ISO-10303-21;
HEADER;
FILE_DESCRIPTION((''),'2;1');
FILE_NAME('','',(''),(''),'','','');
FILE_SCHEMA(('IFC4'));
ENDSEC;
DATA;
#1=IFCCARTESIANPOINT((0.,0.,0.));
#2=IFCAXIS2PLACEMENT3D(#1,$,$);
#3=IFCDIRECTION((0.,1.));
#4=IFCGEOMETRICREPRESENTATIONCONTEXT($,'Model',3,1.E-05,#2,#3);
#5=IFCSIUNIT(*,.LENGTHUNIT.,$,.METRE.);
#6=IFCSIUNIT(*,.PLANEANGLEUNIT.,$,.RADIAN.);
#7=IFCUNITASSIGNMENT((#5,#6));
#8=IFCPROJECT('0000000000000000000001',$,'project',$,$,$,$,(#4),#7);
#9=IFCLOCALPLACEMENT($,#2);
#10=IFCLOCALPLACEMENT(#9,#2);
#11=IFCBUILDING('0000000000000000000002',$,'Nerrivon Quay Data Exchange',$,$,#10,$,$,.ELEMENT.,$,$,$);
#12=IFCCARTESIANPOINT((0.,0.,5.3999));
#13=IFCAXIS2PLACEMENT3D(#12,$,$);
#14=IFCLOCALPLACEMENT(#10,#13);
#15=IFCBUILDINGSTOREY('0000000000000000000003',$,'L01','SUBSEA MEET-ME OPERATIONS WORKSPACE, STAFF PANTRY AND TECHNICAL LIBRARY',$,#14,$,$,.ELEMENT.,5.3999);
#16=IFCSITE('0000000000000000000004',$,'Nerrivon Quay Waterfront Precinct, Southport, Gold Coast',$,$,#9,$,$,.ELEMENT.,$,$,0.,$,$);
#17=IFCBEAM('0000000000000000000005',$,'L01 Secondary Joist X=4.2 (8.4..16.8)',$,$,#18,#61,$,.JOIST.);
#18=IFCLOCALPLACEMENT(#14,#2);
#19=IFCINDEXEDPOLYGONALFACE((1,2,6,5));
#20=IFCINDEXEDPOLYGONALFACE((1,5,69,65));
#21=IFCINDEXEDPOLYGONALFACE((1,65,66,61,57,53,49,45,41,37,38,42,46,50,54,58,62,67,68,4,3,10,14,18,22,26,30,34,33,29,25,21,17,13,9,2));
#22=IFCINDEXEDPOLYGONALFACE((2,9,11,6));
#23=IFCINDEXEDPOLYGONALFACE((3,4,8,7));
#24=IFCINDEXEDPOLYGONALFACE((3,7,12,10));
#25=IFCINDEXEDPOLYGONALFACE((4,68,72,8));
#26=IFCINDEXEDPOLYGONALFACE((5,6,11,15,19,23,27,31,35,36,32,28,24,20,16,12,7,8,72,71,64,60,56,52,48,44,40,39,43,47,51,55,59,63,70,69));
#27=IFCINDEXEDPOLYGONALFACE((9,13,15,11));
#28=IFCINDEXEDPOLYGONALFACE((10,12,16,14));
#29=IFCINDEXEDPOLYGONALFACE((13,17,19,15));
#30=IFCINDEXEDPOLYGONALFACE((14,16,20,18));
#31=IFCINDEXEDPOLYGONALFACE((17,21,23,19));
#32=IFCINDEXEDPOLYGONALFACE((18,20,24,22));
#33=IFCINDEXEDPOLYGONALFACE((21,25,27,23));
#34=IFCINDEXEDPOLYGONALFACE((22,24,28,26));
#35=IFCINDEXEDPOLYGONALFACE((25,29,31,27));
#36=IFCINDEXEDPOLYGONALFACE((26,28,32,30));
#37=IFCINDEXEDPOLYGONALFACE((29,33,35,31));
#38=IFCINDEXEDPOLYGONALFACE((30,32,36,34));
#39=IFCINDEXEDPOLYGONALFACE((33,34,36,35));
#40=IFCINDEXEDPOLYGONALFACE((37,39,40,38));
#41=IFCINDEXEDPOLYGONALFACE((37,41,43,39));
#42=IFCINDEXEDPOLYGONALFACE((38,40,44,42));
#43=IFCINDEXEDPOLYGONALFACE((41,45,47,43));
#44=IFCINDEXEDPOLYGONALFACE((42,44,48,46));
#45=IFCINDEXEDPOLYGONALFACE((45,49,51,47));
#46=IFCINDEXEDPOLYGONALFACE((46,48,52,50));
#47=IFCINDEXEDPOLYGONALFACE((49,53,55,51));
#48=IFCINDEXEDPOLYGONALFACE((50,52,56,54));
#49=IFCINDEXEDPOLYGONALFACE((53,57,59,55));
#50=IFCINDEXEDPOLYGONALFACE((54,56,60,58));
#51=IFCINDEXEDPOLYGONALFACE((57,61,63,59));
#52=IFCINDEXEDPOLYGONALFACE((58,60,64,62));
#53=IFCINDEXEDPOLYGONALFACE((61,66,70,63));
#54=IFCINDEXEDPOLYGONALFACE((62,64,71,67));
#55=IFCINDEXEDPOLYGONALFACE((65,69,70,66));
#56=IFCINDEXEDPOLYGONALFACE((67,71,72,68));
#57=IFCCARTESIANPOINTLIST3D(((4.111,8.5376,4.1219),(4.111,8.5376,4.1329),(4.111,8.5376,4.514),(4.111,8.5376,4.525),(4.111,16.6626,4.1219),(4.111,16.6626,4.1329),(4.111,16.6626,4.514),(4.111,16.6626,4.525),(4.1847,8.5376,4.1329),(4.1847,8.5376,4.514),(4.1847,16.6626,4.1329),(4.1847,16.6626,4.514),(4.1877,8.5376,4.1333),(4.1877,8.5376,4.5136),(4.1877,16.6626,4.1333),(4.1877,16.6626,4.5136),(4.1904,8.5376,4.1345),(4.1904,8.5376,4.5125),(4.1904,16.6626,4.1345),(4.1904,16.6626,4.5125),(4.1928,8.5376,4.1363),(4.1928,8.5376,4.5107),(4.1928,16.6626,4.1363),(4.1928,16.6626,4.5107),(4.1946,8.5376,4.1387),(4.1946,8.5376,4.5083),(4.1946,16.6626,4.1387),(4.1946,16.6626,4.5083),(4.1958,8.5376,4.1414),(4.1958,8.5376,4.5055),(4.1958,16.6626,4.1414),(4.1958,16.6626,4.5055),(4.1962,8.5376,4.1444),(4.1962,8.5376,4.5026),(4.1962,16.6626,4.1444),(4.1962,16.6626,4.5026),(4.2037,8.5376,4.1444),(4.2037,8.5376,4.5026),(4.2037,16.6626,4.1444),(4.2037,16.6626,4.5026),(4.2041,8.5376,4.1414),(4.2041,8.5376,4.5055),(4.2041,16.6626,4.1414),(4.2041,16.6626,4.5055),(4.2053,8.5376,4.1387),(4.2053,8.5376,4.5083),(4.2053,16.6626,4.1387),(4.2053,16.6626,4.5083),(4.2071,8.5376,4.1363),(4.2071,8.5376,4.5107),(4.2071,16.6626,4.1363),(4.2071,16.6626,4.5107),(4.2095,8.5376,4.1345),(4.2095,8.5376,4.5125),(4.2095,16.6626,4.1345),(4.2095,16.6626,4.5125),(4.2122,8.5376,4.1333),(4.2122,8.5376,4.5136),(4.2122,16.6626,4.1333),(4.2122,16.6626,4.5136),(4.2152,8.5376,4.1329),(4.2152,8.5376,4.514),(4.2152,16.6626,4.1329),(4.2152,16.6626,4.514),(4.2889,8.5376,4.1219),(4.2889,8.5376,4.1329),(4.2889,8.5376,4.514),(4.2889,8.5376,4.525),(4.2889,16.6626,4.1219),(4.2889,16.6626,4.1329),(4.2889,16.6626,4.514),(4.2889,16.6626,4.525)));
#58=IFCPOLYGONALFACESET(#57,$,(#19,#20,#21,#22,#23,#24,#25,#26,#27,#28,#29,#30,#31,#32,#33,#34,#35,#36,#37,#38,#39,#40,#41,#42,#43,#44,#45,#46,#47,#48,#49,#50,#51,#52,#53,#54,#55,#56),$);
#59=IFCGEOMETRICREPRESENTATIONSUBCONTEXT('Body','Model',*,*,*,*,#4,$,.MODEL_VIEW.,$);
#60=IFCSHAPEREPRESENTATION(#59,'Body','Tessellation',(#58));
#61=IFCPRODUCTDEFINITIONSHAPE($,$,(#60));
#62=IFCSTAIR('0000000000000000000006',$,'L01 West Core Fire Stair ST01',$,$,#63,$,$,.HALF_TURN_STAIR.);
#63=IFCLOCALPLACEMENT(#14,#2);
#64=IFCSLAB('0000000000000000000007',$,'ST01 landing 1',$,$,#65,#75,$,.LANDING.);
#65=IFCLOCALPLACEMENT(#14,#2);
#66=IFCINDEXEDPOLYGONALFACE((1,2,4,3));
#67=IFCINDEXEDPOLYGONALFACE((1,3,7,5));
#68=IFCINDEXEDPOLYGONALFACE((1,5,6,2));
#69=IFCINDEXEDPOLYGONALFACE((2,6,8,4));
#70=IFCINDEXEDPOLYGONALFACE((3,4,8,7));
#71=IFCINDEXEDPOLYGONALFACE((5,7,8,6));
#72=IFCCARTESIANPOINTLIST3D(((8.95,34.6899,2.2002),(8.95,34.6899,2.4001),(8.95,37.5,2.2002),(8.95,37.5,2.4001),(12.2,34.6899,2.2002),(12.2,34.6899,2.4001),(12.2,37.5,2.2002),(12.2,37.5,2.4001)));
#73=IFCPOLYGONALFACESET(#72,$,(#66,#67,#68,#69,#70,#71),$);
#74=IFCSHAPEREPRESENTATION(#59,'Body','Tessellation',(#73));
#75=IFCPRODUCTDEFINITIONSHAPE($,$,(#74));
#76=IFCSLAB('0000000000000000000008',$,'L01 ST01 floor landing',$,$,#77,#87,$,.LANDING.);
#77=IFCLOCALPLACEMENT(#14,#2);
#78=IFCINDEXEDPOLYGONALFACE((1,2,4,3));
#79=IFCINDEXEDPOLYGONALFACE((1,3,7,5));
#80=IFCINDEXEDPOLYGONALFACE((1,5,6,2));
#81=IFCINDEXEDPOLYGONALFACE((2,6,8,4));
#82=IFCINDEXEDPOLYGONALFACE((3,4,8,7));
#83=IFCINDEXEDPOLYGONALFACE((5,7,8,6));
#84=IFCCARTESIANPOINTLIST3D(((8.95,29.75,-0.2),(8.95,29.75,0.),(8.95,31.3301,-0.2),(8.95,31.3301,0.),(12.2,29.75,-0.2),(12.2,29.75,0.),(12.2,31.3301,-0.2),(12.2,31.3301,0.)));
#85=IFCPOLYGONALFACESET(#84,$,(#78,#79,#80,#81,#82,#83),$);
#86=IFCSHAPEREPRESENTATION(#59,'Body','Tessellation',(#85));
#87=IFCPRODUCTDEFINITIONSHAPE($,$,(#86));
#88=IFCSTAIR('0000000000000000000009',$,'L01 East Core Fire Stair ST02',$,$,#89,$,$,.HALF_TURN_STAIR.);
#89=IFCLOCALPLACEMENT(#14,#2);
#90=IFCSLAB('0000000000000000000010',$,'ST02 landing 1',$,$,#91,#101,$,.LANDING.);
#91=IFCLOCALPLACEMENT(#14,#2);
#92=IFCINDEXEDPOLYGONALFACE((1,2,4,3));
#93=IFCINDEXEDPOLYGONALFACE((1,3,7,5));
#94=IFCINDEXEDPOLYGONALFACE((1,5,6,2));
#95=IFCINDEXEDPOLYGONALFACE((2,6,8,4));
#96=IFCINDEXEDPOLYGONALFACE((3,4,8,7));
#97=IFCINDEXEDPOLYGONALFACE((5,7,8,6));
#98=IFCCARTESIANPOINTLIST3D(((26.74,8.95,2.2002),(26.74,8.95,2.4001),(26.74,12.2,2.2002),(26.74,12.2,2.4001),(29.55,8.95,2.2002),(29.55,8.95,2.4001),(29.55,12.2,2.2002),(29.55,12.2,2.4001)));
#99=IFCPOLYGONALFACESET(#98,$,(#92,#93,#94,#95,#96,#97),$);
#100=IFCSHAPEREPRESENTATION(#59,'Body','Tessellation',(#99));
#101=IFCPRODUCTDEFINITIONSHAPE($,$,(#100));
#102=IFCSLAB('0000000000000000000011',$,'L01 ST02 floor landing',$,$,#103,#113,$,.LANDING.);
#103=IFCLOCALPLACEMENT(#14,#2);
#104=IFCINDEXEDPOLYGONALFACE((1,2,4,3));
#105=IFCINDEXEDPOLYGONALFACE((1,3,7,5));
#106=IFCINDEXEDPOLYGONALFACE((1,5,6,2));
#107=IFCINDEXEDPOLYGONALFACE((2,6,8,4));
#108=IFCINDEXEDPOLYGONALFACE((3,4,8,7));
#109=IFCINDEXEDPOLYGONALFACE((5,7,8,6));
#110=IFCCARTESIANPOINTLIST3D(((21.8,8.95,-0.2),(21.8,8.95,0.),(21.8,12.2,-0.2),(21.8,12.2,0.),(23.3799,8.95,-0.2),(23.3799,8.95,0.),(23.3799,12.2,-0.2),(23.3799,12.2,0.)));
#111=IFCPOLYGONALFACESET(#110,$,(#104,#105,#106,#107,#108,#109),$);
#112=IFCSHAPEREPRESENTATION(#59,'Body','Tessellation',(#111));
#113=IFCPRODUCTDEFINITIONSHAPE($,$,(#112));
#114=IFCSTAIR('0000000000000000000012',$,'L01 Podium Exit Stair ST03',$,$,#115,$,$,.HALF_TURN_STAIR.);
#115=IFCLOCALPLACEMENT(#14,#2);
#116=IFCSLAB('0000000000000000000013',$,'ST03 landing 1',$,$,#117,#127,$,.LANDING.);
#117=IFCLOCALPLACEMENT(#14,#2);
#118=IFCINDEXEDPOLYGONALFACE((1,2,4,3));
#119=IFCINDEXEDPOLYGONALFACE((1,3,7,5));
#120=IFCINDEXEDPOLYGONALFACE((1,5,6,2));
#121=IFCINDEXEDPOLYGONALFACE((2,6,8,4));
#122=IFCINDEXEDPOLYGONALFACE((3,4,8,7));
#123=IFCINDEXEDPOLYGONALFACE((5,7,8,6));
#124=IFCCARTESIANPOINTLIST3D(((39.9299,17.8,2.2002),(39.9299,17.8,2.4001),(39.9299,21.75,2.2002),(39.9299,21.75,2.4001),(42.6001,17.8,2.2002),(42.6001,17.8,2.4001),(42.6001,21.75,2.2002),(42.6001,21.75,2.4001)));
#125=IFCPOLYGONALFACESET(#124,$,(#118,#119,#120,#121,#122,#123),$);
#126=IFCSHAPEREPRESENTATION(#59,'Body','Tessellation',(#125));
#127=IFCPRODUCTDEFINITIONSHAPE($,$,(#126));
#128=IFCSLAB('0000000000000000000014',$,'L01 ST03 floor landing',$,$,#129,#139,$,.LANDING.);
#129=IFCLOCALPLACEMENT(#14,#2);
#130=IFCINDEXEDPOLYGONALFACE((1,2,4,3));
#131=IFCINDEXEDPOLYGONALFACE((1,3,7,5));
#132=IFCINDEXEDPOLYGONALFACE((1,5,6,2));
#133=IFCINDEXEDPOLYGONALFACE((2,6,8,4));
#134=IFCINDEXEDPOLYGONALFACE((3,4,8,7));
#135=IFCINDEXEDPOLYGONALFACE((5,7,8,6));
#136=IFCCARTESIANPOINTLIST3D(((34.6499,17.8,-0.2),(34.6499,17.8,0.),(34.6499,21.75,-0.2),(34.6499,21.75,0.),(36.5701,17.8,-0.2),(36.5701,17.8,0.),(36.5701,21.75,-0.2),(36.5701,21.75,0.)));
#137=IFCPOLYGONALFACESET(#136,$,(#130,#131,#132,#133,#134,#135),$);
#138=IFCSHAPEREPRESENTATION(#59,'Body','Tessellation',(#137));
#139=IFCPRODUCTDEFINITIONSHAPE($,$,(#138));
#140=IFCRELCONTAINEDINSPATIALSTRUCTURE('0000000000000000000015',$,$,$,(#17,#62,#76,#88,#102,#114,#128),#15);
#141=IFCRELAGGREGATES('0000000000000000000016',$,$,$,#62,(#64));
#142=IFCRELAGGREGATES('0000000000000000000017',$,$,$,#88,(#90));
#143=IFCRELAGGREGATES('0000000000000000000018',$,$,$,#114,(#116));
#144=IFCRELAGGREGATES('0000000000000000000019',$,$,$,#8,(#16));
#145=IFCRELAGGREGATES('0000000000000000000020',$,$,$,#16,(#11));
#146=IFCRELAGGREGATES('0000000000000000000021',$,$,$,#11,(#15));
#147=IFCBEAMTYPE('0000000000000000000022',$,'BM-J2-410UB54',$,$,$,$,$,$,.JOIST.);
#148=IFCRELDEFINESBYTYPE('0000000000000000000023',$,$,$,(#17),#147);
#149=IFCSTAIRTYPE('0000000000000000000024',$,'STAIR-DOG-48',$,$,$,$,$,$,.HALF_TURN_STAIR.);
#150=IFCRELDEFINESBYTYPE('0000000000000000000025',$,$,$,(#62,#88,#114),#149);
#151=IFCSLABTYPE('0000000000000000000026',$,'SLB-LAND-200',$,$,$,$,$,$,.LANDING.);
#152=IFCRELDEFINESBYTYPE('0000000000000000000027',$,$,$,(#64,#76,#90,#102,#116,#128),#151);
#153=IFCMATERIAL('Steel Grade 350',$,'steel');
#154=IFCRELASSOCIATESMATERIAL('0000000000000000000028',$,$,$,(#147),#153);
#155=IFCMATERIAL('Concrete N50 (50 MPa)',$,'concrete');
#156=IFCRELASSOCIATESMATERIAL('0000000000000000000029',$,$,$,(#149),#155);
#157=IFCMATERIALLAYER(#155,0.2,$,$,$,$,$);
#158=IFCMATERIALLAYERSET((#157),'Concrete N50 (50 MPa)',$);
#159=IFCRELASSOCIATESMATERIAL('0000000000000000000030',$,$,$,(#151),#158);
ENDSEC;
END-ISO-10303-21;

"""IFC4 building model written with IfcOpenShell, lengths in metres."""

from ifc_helpers import new_model, si_unit, direction, frame, origin, origin_2d, place, context, subcontext, project, spatial, polyline, i_section, outline, extrude, material, layer, layer_set, material_profile, profile_set, type_object, element, aggregate, save


model = new_model("IFC4")

# Units and contexts
model_context = context("Model", 3, precision=1e-05, world=origin(), true_north=direction((0.0, 1.0)))
body_context = subcontext(model_context, "Body", "Model", "MODEL_VIEW")
ifc_project = project(units=[si_unit("LENGTHUNIT", "METRE"), si_unit("PLANEANGLEUNIT", "RADIAN")], contexts=[model_context])

# Site, building, storey
site_placement = place(None, origin())
site = spatial("IfcSite", under=ifc_project, at=site_placement, Name="Nerrivon Quay Waterfront Precinct, Southport, Gold Coast", CompositionType="ELEMENT", RefElevation=0.0)
building_placement = place(site_placement, origin())
building = spatial("IfcBuilding", under=site, at=building_placement, Name="Nerrivon Quay Data Exchange", CompositionType="ELEMENT")
storey_placement = place(building_placement, frame((0.0, 0.0, 5.3999)))
storey = spatial("IfcBuildingStorey", under=building, at=storey_placement, Name="L01", Description="SUBSEA MEET-ME OPERATIONS WORKSPACE, STAFF PANTRY AND TECHNICAL LIBRARY", CompositionType="ELEMENT", Elevation=5.3999)

# Beam
ifc_material_1 = material(Name="Steel Grade 350", Category="steel")
ifc_material_profile_1 = material_profile(ifc_material_1, i_section(OverallWidth=0.178, OverallDepth=0.4031, WebThickness=0.0076, FlangeThickness=0.011, FilletRadius=0.0115, at=origin_2d()), Name="410UB53.7")
ifc_profile_set_1 = profile_set([ifc_material_profile_1], Name="Steel Grade 350")
beam_type_1 = type_object("IfcBeamType", Name="BM-J2-410UB54", PredefinedType="JOIST", material=ifc_profile_set_1)
for number, where, z_axis, x_axis, name in (
    (1, (4.2, 8.5376, 4.3235), (0.0, 1.0, 0.0), (-1.0, 0.0, 0.0), "L01 Secondary Joist X=4.2 (8.4..16.8)"),
):
    element("IfcBeam", number, at=place(storey_placement, frame(where, z_axis=z_axis, x_axis=x_axis)), inside=storey, type_object=beam_type_1, Name=name, PredefinedType="JOIST", context=body_context, shape_type="SweptSolid", body=[
        extrude(i_section(OverallWidth=0.178, OverallDepth=0.4031, WebThickness=0.0076, FlangeThickness=0.011, FilletRadius=0.0115, at=origin_2d()), origin(), (0.0, 0.0, 1.0), 8.125),
    ])

# Stair, slab
ifc_material_2 = material(Name="Concrete N50 (50 MPa)", Category="concrete")
stair_type = type_object("IfcStairType", Name="STAIR-DOG-48", PredefinedType="HALF_TURN_STAIR", material=ifc_material_2)
stair_1_placement = place(storey_placement, origin())
stair_1 = element("IfcStair", 2, at=stair_1_placement, inside=storey, type_object=stair_type, Name="L01 West Core Fire Stair ST01", PredefinedType="HALF_TURN_STAIR")
ifc_layer_1 = layer(ifc_material_2, 0.2)
ifc_layer_set_1 = layer_set([ifc_layer_1], Name="Concrete N50 (50 MPa)")
slab_type_1 = type_object("IfcSlabType", Name="SLB-LAND-200", PredefinedType="LANDING", material=ifc_layer_set_1)
slab_1_placement = place(storey_placement, frame((0.0, 0.0, 2.2002)))
slab_1 = element("IfcSlab", 3, at=slab_1_placement, type_object=slab_type_1, Name="ST01 landing 1", PredefinedType="LANDING", context=body_context, shape_type="SweptSolid", body=[
    extrude(outline(polyline([(12.2, 34.6899), (12.2, 37.5), (8.95, 37.5), (8.95, 34.6899), (12.2, 34.6899)])), origin(), (0.0, 0.0, 1.0), 0.2),
])
aggregate(stair_1, [slab_1])

# Slab
slab_2_placement = place(storey_placement, frame((0.0, 0.0, -0.2)))
element("IfcSlab", 4, at=slab_2_placement, inside=storey, type_object=slab_type_1, Name="L01 ST01 floor landing", PredefinedType="LANDING", context=body_context, shape_type="SweptSolid", body=[
    extrude(outline(polyline([(12.2, 29.75), (12.2, 31.3301), (8.95, 31.3301), (8.95, 29.75), (12.2, 29.75)])), origin(), (0.0, 0.0, 1.0), 0.2),
])

# Stair, slab
stair_2_placement = place(storey_placement, origin())
stair_2 = element("IfcStair", 5, at=stair_2_placement, inside=storey, type_object=stair_type, Name="L01 East Core Fire Stair ST02", PredefinedType="HALF_TURN_STAIR")
slab_3_placement = place(storey_placement, frame((0.0, 0.0, 2.2002)))
slab_3 = element("IfcSlab", 6, at=slab_3_placement, type_object=slab_type_1, Name="ST02 landing 1", PredefinedType="LANDING", context=body_context, shape_type="SweptSolid", body=[
    extrude(outline(polyline([(26.74, 8.95), (29.55, 8.95), (29.55, 12.2), (26.74, 12.2), (26.74, 8.95)])), origin(), (0.0, 0.0, 1.0), 0.2),
])
aggregate(stair_2, [slab_3])

# Slab
slab_4_placement = place(storey_placement, frame((0.0, 0.0, -0.2)))
element("IfcSlab", 7, at=slab_4_placement, inside=storey, type_object=slab_type_1, Name="L01 ST02 floor landing", PredefinedType="LANDING", context=body_context, shape_type="SweptSolid", body=[
    extrude(outline(polyline([(21.8, 8.95), (23.3799, 8.95), (23.3799, 12.2), (21.8, 12.2), (21.8, 8.95)])), origin(), (0.0, 0.0, 1.0), 0.2),
])

# Stair, slab
stair_3_placement = place(storey_placement, origin())
stair_3 = element("IfcStair", 8, at=stair_3_placement, inside=storey, type_object=stair_type, Name="L01 Podium Exit Stair ST03", PredefinedType="HALF_TURN_STAIR")
slab_5_placement = place(storey_placement, frame((0.0, 0.0, 2.2002)))
slab_5 = element("IfcSlab", 9, at=slab_5_placement, type_object=slab_type_1, Name="ST03 landing 1", PredefinedType="LANDING", context=body_context, shape_type="SweptSolid", body=[
    extrude(outline(polyline([(39.9299, 17.8), (42.6001, 17.8), (42.6001, 21.75), (39.9299, 21.75), (39.9299, 17.8)])), origin(), (0.0, 0.0, 1.0), 0.2),
])
aggregate(stair_3, [slab_5])

# Slab
slab_6_placement = place(storey_placement, frame((0.0, 0.0, -0.2)))
element("IfcSlab", 10, at=slab_6_placement, inside=storey, type_object=slab_type_1, Name="L01 ST03 floor landing", PredefinedType="LANDING", context=body_context, shape_type="SweptSolid", body=[
    extrude(outline(polyline([(34.6499, 17.8), (36.5701, 17.8), (36.5701, 21.75), (34.6499, 21.75), (34.6499, 17.8)])), origin(), (0.0, 0.0, 1.0), 0.2),
])

save(model, "model.ifc")
